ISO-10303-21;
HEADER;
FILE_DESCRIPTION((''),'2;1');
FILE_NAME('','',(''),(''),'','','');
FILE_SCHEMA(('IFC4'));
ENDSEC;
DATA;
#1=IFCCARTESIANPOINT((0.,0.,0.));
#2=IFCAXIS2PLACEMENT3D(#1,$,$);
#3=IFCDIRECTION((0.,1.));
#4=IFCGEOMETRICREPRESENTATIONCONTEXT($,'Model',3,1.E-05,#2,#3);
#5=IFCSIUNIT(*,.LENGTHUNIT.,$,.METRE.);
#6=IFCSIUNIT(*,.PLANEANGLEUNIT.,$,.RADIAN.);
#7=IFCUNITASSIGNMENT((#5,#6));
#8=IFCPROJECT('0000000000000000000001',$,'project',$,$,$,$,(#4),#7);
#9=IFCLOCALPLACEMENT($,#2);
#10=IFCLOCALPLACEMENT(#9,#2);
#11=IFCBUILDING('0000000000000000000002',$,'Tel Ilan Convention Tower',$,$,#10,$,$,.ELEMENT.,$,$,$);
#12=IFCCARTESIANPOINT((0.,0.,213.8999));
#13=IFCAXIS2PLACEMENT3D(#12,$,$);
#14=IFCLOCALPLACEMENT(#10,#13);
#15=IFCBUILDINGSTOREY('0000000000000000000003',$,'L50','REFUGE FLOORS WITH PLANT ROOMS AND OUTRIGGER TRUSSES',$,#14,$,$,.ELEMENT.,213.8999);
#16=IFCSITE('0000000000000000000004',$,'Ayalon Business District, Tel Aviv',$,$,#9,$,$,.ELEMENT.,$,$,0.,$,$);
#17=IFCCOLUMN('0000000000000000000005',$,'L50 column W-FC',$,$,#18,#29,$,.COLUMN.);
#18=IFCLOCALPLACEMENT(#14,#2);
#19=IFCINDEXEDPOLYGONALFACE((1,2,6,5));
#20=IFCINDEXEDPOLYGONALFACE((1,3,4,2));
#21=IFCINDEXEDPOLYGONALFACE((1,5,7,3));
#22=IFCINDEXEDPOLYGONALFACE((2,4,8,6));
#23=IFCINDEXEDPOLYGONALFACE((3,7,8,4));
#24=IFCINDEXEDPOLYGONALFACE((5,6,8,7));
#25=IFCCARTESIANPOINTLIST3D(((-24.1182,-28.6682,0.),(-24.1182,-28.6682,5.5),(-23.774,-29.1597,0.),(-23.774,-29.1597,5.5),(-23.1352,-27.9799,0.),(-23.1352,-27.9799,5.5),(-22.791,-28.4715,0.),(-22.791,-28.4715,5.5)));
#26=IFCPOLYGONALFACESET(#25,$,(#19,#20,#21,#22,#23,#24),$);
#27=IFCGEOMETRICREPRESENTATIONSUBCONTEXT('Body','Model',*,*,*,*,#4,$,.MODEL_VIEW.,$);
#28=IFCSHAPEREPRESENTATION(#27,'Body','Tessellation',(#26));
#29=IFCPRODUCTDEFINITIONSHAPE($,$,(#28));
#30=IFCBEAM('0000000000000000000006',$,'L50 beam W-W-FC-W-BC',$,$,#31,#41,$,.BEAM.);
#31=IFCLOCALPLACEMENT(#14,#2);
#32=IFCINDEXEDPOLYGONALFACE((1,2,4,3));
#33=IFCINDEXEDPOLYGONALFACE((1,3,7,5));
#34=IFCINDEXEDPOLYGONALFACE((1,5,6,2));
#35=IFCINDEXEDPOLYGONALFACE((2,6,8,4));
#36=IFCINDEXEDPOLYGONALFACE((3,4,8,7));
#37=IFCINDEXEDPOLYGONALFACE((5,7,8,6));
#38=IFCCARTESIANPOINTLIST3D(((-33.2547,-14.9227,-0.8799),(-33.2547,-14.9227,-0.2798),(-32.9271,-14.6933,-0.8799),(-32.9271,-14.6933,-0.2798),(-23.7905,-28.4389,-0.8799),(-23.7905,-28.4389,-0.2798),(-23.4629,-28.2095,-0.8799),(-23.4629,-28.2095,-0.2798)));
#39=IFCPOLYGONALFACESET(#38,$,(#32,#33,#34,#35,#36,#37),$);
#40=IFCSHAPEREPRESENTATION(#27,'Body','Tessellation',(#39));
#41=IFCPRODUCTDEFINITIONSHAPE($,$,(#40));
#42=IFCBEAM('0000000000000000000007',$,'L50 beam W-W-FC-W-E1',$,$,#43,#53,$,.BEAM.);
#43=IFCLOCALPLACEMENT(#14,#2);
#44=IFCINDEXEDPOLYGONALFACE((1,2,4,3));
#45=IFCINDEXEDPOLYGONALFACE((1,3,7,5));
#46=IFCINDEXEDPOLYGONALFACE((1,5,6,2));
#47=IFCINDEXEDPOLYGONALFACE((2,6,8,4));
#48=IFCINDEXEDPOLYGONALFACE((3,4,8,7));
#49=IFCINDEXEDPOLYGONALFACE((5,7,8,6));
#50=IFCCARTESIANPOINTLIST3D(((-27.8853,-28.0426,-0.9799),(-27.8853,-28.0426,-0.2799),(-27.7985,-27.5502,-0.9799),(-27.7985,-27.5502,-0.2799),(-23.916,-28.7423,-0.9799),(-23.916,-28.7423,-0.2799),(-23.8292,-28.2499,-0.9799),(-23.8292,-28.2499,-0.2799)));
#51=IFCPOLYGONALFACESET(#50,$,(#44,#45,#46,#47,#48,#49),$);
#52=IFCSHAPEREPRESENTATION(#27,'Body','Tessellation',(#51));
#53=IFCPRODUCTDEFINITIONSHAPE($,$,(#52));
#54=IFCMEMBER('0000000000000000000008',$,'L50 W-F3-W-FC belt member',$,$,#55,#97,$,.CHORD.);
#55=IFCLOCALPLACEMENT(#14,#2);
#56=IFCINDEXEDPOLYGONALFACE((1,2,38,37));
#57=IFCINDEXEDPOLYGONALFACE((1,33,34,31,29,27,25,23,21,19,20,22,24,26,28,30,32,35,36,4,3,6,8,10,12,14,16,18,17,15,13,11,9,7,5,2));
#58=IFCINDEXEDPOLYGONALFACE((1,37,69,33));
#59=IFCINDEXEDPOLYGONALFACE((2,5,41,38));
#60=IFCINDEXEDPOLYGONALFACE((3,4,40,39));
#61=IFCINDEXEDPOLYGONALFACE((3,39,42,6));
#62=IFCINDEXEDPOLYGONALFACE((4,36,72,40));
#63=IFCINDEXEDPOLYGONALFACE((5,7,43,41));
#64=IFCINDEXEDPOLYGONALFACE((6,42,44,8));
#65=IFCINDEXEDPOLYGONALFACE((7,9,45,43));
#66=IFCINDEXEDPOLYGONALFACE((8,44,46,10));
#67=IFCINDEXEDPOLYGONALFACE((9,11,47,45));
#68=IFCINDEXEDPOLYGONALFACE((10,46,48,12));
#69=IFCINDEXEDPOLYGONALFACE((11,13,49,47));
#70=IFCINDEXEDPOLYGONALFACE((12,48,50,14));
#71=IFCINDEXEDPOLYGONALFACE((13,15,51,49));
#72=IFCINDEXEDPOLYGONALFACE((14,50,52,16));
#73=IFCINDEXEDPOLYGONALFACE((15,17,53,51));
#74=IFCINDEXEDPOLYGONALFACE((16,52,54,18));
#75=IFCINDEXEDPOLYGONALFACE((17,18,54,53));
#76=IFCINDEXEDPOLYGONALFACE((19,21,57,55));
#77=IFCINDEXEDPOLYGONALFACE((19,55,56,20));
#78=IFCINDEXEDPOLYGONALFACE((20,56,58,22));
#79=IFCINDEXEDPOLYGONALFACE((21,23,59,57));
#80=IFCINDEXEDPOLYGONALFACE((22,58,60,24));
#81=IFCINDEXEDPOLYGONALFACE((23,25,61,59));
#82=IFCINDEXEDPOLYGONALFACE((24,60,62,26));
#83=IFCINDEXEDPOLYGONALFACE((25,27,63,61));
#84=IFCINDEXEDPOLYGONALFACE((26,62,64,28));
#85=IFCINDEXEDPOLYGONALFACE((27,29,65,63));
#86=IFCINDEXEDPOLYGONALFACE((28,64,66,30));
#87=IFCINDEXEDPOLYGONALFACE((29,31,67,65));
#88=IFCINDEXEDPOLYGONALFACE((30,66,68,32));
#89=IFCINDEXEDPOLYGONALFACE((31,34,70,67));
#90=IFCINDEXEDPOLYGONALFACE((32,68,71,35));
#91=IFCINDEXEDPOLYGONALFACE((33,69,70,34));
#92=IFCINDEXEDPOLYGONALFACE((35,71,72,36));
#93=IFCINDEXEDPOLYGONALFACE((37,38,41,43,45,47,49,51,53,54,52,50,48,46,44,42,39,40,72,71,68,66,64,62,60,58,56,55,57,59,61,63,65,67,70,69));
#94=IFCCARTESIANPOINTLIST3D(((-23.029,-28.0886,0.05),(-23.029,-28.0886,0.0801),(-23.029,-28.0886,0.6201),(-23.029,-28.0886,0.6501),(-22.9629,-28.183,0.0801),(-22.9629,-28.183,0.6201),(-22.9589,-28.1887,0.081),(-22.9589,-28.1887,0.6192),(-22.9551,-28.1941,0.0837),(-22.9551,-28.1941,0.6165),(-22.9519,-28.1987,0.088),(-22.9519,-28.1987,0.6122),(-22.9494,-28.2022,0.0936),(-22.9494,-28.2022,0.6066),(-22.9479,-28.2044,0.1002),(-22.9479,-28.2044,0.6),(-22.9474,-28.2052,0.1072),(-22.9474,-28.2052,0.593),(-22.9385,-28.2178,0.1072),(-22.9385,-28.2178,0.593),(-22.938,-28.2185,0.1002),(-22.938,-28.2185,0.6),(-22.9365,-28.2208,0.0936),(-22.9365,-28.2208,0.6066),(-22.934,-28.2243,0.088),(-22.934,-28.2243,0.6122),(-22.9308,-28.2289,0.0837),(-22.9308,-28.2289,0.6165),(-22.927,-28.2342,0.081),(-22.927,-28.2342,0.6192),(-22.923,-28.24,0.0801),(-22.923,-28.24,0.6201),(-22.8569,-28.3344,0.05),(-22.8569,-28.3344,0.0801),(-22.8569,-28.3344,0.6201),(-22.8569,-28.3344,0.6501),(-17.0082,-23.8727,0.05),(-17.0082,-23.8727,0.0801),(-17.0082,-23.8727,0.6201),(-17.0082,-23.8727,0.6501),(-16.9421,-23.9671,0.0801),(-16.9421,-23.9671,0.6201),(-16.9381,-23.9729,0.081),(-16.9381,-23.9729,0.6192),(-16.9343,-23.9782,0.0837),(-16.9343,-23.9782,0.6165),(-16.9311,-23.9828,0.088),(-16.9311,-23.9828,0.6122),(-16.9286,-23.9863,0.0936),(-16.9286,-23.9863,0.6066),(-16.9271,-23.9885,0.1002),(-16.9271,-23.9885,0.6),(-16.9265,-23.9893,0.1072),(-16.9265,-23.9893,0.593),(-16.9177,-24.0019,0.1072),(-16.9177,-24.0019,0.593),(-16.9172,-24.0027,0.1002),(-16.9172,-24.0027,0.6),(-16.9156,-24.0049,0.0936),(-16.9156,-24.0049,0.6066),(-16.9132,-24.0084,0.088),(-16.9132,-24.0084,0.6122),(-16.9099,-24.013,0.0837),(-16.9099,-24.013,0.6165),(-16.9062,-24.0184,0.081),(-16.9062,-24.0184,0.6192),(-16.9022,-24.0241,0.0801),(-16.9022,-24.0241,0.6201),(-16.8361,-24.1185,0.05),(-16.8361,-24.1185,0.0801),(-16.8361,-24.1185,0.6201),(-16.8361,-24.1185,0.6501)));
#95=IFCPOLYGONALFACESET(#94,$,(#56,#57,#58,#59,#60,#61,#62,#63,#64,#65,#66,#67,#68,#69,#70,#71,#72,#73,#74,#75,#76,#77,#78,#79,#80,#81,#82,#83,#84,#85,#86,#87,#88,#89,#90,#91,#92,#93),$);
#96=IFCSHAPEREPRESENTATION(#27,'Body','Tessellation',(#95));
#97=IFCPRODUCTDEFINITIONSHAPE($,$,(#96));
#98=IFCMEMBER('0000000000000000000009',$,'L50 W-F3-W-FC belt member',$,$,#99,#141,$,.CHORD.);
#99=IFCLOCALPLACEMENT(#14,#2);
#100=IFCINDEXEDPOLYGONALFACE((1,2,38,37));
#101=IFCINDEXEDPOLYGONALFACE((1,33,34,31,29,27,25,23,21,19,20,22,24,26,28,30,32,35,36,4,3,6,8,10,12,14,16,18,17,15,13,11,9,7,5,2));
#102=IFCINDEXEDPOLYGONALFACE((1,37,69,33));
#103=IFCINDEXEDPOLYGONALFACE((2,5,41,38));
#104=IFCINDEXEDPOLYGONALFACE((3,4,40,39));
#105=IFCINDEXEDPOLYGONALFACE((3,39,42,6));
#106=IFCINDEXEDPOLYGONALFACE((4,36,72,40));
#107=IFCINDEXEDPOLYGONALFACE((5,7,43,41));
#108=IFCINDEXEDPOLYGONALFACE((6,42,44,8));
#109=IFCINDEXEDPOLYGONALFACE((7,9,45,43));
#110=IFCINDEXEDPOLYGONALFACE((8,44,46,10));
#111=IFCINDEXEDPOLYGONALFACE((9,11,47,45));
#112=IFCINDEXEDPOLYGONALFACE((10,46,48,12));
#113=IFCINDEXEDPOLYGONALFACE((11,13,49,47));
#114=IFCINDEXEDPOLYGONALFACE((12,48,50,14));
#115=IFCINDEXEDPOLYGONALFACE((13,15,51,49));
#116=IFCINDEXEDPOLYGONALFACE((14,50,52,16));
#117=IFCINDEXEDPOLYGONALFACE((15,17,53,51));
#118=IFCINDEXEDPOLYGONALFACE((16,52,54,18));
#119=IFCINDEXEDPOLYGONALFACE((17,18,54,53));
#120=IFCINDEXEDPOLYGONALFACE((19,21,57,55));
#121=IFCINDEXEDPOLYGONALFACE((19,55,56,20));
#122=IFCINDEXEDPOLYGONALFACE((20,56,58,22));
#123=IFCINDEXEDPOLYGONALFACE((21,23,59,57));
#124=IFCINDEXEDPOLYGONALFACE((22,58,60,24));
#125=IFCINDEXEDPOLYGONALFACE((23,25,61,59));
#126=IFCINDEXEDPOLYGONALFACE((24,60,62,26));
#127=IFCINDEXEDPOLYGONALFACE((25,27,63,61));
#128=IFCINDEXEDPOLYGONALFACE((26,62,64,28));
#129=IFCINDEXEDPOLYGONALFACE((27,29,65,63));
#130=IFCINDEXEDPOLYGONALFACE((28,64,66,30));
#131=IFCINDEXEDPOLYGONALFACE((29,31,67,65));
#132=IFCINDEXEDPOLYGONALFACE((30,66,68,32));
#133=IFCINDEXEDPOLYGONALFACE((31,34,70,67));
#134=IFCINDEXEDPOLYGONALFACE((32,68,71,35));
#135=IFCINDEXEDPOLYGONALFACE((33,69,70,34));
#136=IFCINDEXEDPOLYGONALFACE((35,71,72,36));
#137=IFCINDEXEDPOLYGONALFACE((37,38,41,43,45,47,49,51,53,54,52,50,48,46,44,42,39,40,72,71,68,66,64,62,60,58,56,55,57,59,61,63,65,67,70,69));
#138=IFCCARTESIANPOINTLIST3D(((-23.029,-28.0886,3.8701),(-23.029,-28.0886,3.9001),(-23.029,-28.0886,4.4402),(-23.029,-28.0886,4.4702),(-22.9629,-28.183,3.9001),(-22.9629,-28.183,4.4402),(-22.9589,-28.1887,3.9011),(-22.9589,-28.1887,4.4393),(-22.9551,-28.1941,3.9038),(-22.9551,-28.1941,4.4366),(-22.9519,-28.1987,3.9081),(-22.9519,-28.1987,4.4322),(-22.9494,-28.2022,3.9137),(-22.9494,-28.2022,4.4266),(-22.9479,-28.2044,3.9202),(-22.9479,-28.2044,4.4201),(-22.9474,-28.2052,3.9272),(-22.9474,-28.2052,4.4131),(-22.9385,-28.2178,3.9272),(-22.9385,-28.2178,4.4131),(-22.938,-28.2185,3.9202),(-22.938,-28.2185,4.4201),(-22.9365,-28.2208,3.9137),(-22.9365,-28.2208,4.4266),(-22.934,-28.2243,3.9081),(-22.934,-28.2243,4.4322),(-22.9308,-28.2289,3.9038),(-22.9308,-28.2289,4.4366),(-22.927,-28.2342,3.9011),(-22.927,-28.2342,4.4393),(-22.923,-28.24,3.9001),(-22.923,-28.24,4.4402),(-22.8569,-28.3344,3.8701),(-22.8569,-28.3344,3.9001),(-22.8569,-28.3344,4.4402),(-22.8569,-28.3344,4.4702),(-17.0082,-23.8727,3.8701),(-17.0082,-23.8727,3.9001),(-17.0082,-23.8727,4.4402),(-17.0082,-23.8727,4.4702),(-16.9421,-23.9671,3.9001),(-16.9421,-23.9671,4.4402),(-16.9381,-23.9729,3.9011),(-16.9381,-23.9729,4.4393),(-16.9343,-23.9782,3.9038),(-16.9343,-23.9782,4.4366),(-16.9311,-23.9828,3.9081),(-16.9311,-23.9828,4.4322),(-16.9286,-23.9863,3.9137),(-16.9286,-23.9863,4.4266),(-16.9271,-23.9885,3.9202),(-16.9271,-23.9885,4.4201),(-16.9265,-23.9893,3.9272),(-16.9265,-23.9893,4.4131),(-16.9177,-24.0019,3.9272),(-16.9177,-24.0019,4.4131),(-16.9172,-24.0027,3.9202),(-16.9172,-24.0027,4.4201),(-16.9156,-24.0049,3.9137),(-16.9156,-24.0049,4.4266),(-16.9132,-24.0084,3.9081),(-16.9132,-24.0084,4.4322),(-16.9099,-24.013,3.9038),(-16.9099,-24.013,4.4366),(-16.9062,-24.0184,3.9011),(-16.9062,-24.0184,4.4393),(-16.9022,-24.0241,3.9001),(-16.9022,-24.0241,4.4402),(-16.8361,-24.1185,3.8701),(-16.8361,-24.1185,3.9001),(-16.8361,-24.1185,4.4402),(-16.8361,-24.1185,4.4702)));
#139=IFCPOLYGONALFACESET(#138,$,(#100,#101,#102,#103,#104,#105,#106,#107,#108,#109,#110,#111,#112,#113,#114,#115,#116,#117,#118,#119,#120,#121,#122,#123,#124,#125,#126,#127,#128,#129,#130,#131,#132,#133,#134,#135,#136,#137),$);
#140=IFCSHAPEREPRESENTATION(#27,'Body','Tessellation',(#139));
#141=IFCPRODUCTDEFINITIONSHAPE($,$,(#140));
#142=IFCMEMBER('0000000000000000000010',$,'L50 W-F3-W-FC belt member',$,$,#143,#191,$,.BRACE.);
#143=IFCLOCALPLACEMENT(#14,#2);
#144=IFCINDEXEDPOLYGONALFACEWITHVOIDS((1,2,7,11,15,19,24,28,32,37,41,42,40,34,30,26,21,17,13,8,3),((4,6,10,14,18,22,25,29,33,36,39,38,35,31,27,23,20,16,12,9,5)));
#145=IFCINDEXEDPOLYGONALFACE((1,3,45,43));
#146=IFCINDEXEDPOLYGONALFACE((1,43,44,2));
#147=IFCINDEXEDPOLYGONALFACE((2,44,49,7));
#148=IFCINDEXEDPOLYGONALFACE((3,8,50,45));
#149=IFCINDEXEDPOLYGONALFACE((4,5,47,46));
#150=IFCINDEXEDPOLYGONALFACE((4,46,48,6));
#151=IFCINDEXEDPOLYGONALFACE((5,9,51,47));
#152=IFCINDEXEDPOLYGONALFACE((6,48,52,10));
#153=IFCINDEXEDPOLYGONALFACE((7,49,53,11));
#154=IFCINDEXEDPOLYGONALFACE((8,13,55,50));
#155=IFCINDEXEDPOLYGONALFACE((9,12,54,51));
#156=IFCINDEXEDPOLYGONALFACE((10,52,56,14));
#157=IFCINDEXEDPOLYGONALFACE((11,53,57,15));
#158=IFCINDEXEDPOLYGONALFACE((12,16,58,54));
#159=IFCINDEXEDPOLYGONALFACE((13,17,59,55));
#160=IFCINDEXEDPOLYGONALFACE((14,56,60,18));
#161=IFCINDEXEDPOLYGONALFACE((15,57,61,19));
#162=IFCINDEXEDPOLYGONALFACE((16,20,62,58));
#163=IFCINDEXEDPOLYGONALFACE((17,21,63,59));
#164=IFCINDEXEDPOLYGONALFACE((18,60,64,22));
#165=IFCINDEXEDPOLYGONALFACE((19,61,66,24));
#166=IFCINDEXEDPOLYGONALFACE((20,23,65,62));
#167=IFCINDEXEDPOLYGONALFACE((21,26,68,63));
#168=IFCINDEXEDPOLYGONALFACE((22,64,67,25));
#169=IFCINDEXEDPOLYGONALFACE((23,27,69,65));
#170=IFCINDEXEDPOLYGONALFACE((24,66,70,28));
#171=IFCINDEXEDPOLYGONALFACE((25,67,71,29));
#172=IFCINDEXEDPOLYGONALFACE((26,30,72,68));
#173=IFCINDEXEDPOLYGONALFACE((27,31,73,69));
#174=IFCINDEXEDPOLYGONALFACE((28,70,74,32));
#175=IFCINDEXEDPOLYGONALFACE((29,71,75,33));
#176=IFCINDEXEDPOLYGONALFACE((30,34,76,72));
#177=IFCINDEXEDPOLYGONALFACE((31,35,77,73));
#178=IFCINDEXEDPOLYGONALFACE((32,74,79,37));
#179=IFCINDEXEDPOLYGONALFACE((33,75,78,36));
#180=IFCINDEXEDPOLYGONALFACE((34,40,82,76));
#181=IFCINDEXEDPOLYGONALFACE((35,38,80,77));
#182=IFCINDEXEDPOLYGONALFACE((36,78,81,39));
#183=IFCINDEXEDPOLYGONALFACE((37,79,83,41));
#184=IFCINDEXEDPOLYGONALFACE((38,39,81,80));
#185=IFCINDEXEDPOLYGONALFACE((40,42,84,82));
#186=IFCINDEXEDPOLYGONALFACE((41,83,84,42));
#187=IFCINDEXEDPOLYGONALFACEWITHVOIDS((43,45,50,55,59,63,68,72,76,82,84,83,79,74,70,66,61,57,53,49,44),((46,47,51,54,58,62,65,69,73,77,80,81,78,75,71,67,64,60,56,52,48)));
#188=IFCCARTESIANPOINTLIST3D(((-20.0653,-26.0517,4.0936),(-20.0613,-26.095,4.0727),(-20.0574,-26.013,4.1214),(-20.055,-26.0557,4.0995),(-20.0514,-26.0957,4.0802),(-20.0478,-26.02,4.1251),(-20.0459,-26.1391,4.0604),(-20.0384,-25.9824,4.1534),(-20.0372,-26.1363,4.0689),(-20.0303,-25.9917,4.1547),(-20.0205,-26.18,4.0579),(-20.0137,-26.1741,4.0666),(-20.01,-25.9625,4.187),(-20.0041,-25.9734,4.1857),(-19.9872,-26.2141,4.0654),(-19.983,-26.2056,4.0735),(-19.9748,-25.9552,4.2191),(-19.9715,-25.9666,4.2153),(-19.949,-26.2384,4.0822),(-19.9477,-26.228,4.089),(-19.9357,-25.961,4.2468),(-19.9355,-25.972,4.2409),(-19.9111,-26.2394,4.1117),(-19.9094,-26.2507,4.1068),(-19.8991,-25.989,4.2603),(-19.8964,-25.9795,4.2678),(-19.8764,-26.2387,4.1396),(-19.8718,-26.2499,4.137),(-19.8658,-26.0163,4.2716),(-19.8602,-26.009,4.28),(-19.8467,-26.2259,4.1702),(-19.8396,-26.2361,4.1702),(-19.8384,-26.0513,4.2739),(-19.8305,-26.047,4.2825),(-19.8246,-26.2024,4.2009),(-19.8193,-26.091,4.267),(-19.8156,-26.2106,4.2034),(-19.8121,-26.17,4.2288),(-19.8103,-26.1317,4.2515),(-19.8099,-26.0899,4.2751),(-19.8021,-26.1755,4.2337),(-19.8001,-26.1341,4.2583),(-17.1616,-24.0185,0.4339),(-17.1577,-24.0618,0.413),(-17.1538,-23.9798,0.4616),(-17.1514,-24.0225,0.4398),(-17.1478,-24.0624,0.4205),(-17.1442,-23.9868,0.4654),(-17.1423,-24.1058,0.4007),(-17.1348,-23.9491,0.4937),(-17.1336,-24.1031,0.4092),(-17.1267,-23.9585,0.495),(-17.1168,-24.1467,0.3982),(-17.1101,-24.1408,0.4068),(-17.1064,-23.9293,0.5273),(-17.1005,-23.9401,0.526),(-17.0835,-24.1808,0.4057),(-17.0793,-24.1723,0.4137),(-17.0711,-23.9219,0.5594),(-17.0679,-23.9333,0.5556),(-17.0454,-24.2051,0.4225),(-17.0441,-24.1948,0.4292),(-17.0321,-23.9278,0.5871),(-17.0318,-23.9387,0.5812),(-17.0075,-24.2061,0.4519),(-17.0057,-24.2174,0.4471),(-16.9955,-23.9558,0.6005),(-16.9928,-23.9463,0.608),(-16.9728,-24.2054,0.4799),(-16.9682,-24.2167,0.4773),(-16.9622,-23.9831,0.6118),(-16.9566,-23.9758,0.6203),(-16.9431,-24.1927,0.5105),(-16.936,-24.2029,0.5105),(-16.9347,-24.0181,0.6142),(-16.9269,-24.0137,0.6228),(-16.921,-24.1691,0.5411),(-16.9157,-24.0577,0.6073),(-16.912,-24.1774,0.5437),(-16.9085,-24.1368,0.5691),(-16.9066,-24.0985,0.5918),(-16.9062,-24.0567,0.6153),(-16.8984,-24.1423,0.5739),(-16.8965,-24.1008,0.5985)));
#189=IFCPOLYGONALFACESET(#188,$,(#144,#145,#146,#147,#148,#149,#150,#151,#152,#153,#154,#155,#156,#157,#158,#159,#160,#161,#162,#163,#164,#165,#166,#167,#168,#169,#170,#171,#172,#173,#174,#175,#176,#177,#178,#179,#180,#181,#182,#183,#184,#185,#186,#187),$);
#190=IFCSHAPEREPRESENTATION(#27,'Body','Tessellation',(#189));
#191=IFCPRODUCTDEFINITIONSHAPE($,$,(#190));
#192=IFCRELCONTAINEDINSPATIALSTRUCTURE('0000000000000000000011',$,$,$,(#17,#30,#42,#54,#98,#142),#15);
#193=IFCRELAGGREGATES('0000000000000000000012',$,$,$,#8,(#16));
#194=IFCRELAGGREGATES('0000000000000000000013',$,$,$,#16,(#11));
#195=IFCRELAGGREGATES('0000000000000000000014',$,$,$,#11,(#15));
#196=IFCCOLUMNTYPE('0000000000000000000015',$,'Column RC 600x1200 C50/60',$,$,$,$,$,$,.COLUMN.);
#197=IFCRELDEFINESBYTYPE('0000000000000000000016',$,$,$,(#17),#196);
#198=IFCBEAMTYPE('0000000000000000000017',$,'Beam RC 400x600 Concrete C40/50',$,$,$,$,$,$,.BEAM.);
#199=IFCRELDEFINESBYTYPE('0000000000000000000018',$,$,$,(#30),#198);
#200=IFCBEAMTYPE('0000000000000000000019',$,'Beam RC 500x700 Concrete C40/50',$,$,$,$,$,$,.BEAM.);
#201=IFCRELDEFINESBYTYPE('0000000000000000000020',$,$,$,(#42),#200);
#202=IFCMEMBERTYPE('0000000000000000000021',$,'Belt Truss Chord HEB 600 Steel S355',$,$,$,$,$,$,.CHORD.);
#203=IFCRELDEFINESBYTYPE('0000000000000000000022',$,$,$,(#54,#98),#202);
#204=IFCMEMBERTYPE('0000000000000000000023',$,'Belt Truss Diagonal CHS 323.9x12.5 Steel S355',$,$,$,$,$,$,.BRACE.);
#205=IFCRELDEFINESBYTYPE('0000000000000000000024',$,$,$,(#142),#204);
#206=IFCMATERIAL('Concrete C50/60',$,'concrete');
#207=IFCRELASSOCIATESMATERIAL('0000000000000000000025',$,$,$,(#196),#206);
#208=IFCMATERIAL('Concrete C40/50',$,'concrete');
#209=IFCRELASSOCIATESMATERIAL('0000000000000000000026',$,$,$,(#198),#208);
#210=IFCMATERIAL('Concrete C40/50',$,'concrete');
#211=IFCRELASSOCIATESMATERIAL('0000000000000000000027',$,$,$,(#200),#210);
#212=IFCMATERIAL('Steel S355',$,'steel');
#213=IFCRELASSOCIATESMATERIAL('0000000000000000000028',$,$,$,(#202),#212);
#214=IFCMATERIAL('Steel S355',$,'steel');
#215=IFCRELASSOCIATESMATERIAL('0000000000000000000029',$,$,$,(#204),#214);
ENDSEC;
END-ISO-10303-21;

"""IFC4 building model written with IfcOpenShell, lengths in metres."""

from ifc_helpers import new_model, si_unit, direction, frame, origin, origin_2d, place, context, subcontext, project, spatial, rectangle, hollow_circle, i_section, extrude, material, material_profile, profile_set, type_object, element, save


model = new_model("IFC4")

# Units and contexts
model_context = context("Model", 3, precision=1e-05, world=origin(), true_north=direction((0.0, 1.0)))
body_context = subcontext(model_context, "Body", "Model", "MODEL_VIEW")
ifc_project = project(units=[si_unit("LENGTHUNIT", "METRE"), si_unit("PLANEANGLEUNIT", "RADIAN")], contexts=[model_context])

# Site, building, storey
site_placement = place(None, origin())
site = spatial("IfcSite", under=ifc_project, at=site_placement, Name="Ayalon Business District, Tel Aviv", CompositionType="ELEMENT", RefElevation=0.0)
building_placement = place(site_placement, origin())
building = spatial("IfcBuilding", under=site, at=building_placement, Name="Tel Ilan Convention Tower", CompositionType="ELEMENT")
storey_placement = place(building_placement, frame((0.0, 0.0, 213.8999)))
storey = spatial("IfcBuildingStorey", under=building, at=storey_placement, Name="L50", Description="REFUGE FLOORS WITH PLANT ROOMS AND OUTRIGGER TRUSSES", CompositionType="ELEMENT", Elevation=213.8999)

# Column
ifc_material_1 = material(Name="Concrete C50/60", Category="concrete")
ifc_material_profile_1 = material_profile(ifc_material_1, rectangle(XDim=1.2, YDim=0.6001, at=origin_2d()), Name="RC 600x1200")
ifc_profile_set_1 = profile_set([ifc_material_profile_1], Name="Concrete C50/60")
column_type = type_object("IfcColumnType", Name="Column RC 600x1200 C50/60", PredefinedType="COLUMN", material=ifc_profile_set_1)
column_placement = place(storey_placement, frame((-23.4546, -28.5698, 0.0), z_axis=(0.0, 0.0, 1.0), x_axis=(-0.819152, -0.573576, 0.0)))
element("IfcColumn", 1, at=column_placement, inside=storey, type_object=column_type, Name="L50 column W-FC", PredefinedType="COLUMN", context=body_context, shape_type="SweptSolid", body=[
    extrude(rectangle(XDim=1.2, YDim=0.6001, at=origin_2d()), origin(), (0.0, 0.0, 1.0), 5.5),
])

# Beams
ifc_material_2 = material(Name="Concrete C40/50", Category="concrete")
ifc_material_profile_2 = material_profile(ifc_material_2, rectangle(XDim=0.3999, YDim=0.6001, at=origin_2d()), Name="RC 400x600")
ifc_profile_set_2 = profile_set([ifc_material_profile_2], Name="Concrete C40/50")
beam_type_1 = type_object("IfcBeamType", Name="Beam RC 400x600 Concrete C40/50", PredefinedType="BEAM", material=ifc_profile_set_2)
beam_1_placement = place(storey_placement, frame((-23.6267, -28.3242, -0.5798), z_axis=(-0.573578, 0.819151, 0.0), x_axis=(-0.819151, -0.573578, 0.0)))
element("IfcBeam", 2, at=beam_1_placement, inside=storey, type_object=beam_type_1, Name="L50 beam W-W-FC-W-BC", PredefinedType="BEAM", context=body_context, shape_type="SweptSolid", body=[
    extrude(rectangle(XDim=0.3999, YDim=0.6001, at=origin_2d()), origin(), (0.0, 0.0, 1.0), 16.5002),
])
ifc_material_3 = material(Name="Concrete C40/50", Category="concrete")
ifc_material_profile_3 = material_profile(ifc_material_3, rectangle(XDim=0.5, YDim=0.7, at=origin_2d()), Name="RC 500x700")
ifc_profile_set_3 = profile_set([ifc_material_profile_3], Name="Concrete C40/50")
beam_type_2 = type_object("IfcBeamType", Name="Beam RC 500x700 Concrete C40/50", PredefinedType="BEAM", material=ifc_profile_set_3)
beam_2_placement = place(storey_placement, frame((-23.8726, -28.4961, -0.6299), z_axis=(-0.984815, 0.173606, 0.0), x_axis=(-0.173606, -0.984815, 0.0)))
element("IfcBeam", 3, at=beam_2_placement, inside=storey, type_object=beam_type_2, Name="L50 beam W-W-FC-W-E1", PredefinedType="BEAM", context=body_context, shape_type="SweptSolid", body=[
    extrude(rectangle(XDim=0.5, YDim=0.7, at=origin_2d()), origin(), (0.0, 0.0, 1.0), 4.0305),
])

# Members
ifc_material_4 = material(Name="Steel S355", Category="steel")
ifc_material_profile_4 = material_profile(ifc_material_4, i_section(OverallWidth=0.3, OverallDepth=0.6001, WebThickness=0.0154, FlangeThickness=0.03, FilletRadius=0.0271, at=origin_2d()), Name="HEB 600")
ifc_profile_set_4 = profile_set([ifc_material_profile_4], Name="Steel S355")
member_type_1 = type_object("IfcMemberType", Name="Belt Truss Chord HEB 600 Steel S355", PredefinedType="CHORD", material=ifc_profile_set_4)
for number, where, z_axis, x_axis, name in (
    (4, (-16.9221, -23.9956, 0.3501), (-0.819149, -0.57358, 0.0), (0.57358, -0.819149, 0.0), "L50 W-F3-W-FC belt member"),
    (5, (-16.9221, -23.9956, 4.1702), (-0.819149, -0.57358, 0.0), (0.57358, -0.819149, 0.0), "L50 W-F3-W-FC belt member"),
):
    element("IfcMember", number, at=place(storey_placement, frame(where, z_axis=z_axis, x_axis=x_axis)), inside=storey, type_object=member_type_1, Name=name, PredefinedType="CHORD", context=body_context, shape_type="SweptSolid", body=[
        extrude(i_section(OverallWidth=0.3, OverallDepth=0.6001, WebThickness=0.0154, FlangeThickness=0.03, FilletRadius=0.0271, at=origin_2d()), origin(), (0.0, 0.0, 1.0), 7.3501),
    ])
ifc_material_5 = material(Name="Steel S355", Category="steel")
ifc_material_profile_5 = material_profile(ifc_material_5, hollow_circle(Radius=0.1619, WallThickness=0.0125, at=origin_2d()), Name="CHS 323.9x12.5")
ifc_profile_set_5 = profile_set([ifc_material_profile_5], Name="Steel S355")
member_type_2 = type_object("IfcMemberType", Name="Belt Truss Diagonal CHS 323.9x12.5 Steel S355", PredefinedType="BRACE", material=ifc_profile_set_5)
for number, where, z_axis, x_axis, name in (
    (6, (-17.0288, -24.0703, 0.5105), (-0.569899, -0.399068, 0.718304), (0.573596, -0.819138, 0.0), "L50 W-F3-W-FC belt member"),
):
    element("IfcMember", number, at=place(storey_placement, frame(where, z_axis=z_axis, x_axis=x_axis)), inside=storey, type_object=member_type_2, Name=name, PredefinedType="BRACE", context=body_context, shape_type="SweptSolid", body=[
        extrude(hollow_circle(Radius=0.1619, WallThickness=0.0125, at=origin_2d()), origin(), (0.0, 0.0, 1.0), 5.095),
    ])

save(model, "model.ifc")
